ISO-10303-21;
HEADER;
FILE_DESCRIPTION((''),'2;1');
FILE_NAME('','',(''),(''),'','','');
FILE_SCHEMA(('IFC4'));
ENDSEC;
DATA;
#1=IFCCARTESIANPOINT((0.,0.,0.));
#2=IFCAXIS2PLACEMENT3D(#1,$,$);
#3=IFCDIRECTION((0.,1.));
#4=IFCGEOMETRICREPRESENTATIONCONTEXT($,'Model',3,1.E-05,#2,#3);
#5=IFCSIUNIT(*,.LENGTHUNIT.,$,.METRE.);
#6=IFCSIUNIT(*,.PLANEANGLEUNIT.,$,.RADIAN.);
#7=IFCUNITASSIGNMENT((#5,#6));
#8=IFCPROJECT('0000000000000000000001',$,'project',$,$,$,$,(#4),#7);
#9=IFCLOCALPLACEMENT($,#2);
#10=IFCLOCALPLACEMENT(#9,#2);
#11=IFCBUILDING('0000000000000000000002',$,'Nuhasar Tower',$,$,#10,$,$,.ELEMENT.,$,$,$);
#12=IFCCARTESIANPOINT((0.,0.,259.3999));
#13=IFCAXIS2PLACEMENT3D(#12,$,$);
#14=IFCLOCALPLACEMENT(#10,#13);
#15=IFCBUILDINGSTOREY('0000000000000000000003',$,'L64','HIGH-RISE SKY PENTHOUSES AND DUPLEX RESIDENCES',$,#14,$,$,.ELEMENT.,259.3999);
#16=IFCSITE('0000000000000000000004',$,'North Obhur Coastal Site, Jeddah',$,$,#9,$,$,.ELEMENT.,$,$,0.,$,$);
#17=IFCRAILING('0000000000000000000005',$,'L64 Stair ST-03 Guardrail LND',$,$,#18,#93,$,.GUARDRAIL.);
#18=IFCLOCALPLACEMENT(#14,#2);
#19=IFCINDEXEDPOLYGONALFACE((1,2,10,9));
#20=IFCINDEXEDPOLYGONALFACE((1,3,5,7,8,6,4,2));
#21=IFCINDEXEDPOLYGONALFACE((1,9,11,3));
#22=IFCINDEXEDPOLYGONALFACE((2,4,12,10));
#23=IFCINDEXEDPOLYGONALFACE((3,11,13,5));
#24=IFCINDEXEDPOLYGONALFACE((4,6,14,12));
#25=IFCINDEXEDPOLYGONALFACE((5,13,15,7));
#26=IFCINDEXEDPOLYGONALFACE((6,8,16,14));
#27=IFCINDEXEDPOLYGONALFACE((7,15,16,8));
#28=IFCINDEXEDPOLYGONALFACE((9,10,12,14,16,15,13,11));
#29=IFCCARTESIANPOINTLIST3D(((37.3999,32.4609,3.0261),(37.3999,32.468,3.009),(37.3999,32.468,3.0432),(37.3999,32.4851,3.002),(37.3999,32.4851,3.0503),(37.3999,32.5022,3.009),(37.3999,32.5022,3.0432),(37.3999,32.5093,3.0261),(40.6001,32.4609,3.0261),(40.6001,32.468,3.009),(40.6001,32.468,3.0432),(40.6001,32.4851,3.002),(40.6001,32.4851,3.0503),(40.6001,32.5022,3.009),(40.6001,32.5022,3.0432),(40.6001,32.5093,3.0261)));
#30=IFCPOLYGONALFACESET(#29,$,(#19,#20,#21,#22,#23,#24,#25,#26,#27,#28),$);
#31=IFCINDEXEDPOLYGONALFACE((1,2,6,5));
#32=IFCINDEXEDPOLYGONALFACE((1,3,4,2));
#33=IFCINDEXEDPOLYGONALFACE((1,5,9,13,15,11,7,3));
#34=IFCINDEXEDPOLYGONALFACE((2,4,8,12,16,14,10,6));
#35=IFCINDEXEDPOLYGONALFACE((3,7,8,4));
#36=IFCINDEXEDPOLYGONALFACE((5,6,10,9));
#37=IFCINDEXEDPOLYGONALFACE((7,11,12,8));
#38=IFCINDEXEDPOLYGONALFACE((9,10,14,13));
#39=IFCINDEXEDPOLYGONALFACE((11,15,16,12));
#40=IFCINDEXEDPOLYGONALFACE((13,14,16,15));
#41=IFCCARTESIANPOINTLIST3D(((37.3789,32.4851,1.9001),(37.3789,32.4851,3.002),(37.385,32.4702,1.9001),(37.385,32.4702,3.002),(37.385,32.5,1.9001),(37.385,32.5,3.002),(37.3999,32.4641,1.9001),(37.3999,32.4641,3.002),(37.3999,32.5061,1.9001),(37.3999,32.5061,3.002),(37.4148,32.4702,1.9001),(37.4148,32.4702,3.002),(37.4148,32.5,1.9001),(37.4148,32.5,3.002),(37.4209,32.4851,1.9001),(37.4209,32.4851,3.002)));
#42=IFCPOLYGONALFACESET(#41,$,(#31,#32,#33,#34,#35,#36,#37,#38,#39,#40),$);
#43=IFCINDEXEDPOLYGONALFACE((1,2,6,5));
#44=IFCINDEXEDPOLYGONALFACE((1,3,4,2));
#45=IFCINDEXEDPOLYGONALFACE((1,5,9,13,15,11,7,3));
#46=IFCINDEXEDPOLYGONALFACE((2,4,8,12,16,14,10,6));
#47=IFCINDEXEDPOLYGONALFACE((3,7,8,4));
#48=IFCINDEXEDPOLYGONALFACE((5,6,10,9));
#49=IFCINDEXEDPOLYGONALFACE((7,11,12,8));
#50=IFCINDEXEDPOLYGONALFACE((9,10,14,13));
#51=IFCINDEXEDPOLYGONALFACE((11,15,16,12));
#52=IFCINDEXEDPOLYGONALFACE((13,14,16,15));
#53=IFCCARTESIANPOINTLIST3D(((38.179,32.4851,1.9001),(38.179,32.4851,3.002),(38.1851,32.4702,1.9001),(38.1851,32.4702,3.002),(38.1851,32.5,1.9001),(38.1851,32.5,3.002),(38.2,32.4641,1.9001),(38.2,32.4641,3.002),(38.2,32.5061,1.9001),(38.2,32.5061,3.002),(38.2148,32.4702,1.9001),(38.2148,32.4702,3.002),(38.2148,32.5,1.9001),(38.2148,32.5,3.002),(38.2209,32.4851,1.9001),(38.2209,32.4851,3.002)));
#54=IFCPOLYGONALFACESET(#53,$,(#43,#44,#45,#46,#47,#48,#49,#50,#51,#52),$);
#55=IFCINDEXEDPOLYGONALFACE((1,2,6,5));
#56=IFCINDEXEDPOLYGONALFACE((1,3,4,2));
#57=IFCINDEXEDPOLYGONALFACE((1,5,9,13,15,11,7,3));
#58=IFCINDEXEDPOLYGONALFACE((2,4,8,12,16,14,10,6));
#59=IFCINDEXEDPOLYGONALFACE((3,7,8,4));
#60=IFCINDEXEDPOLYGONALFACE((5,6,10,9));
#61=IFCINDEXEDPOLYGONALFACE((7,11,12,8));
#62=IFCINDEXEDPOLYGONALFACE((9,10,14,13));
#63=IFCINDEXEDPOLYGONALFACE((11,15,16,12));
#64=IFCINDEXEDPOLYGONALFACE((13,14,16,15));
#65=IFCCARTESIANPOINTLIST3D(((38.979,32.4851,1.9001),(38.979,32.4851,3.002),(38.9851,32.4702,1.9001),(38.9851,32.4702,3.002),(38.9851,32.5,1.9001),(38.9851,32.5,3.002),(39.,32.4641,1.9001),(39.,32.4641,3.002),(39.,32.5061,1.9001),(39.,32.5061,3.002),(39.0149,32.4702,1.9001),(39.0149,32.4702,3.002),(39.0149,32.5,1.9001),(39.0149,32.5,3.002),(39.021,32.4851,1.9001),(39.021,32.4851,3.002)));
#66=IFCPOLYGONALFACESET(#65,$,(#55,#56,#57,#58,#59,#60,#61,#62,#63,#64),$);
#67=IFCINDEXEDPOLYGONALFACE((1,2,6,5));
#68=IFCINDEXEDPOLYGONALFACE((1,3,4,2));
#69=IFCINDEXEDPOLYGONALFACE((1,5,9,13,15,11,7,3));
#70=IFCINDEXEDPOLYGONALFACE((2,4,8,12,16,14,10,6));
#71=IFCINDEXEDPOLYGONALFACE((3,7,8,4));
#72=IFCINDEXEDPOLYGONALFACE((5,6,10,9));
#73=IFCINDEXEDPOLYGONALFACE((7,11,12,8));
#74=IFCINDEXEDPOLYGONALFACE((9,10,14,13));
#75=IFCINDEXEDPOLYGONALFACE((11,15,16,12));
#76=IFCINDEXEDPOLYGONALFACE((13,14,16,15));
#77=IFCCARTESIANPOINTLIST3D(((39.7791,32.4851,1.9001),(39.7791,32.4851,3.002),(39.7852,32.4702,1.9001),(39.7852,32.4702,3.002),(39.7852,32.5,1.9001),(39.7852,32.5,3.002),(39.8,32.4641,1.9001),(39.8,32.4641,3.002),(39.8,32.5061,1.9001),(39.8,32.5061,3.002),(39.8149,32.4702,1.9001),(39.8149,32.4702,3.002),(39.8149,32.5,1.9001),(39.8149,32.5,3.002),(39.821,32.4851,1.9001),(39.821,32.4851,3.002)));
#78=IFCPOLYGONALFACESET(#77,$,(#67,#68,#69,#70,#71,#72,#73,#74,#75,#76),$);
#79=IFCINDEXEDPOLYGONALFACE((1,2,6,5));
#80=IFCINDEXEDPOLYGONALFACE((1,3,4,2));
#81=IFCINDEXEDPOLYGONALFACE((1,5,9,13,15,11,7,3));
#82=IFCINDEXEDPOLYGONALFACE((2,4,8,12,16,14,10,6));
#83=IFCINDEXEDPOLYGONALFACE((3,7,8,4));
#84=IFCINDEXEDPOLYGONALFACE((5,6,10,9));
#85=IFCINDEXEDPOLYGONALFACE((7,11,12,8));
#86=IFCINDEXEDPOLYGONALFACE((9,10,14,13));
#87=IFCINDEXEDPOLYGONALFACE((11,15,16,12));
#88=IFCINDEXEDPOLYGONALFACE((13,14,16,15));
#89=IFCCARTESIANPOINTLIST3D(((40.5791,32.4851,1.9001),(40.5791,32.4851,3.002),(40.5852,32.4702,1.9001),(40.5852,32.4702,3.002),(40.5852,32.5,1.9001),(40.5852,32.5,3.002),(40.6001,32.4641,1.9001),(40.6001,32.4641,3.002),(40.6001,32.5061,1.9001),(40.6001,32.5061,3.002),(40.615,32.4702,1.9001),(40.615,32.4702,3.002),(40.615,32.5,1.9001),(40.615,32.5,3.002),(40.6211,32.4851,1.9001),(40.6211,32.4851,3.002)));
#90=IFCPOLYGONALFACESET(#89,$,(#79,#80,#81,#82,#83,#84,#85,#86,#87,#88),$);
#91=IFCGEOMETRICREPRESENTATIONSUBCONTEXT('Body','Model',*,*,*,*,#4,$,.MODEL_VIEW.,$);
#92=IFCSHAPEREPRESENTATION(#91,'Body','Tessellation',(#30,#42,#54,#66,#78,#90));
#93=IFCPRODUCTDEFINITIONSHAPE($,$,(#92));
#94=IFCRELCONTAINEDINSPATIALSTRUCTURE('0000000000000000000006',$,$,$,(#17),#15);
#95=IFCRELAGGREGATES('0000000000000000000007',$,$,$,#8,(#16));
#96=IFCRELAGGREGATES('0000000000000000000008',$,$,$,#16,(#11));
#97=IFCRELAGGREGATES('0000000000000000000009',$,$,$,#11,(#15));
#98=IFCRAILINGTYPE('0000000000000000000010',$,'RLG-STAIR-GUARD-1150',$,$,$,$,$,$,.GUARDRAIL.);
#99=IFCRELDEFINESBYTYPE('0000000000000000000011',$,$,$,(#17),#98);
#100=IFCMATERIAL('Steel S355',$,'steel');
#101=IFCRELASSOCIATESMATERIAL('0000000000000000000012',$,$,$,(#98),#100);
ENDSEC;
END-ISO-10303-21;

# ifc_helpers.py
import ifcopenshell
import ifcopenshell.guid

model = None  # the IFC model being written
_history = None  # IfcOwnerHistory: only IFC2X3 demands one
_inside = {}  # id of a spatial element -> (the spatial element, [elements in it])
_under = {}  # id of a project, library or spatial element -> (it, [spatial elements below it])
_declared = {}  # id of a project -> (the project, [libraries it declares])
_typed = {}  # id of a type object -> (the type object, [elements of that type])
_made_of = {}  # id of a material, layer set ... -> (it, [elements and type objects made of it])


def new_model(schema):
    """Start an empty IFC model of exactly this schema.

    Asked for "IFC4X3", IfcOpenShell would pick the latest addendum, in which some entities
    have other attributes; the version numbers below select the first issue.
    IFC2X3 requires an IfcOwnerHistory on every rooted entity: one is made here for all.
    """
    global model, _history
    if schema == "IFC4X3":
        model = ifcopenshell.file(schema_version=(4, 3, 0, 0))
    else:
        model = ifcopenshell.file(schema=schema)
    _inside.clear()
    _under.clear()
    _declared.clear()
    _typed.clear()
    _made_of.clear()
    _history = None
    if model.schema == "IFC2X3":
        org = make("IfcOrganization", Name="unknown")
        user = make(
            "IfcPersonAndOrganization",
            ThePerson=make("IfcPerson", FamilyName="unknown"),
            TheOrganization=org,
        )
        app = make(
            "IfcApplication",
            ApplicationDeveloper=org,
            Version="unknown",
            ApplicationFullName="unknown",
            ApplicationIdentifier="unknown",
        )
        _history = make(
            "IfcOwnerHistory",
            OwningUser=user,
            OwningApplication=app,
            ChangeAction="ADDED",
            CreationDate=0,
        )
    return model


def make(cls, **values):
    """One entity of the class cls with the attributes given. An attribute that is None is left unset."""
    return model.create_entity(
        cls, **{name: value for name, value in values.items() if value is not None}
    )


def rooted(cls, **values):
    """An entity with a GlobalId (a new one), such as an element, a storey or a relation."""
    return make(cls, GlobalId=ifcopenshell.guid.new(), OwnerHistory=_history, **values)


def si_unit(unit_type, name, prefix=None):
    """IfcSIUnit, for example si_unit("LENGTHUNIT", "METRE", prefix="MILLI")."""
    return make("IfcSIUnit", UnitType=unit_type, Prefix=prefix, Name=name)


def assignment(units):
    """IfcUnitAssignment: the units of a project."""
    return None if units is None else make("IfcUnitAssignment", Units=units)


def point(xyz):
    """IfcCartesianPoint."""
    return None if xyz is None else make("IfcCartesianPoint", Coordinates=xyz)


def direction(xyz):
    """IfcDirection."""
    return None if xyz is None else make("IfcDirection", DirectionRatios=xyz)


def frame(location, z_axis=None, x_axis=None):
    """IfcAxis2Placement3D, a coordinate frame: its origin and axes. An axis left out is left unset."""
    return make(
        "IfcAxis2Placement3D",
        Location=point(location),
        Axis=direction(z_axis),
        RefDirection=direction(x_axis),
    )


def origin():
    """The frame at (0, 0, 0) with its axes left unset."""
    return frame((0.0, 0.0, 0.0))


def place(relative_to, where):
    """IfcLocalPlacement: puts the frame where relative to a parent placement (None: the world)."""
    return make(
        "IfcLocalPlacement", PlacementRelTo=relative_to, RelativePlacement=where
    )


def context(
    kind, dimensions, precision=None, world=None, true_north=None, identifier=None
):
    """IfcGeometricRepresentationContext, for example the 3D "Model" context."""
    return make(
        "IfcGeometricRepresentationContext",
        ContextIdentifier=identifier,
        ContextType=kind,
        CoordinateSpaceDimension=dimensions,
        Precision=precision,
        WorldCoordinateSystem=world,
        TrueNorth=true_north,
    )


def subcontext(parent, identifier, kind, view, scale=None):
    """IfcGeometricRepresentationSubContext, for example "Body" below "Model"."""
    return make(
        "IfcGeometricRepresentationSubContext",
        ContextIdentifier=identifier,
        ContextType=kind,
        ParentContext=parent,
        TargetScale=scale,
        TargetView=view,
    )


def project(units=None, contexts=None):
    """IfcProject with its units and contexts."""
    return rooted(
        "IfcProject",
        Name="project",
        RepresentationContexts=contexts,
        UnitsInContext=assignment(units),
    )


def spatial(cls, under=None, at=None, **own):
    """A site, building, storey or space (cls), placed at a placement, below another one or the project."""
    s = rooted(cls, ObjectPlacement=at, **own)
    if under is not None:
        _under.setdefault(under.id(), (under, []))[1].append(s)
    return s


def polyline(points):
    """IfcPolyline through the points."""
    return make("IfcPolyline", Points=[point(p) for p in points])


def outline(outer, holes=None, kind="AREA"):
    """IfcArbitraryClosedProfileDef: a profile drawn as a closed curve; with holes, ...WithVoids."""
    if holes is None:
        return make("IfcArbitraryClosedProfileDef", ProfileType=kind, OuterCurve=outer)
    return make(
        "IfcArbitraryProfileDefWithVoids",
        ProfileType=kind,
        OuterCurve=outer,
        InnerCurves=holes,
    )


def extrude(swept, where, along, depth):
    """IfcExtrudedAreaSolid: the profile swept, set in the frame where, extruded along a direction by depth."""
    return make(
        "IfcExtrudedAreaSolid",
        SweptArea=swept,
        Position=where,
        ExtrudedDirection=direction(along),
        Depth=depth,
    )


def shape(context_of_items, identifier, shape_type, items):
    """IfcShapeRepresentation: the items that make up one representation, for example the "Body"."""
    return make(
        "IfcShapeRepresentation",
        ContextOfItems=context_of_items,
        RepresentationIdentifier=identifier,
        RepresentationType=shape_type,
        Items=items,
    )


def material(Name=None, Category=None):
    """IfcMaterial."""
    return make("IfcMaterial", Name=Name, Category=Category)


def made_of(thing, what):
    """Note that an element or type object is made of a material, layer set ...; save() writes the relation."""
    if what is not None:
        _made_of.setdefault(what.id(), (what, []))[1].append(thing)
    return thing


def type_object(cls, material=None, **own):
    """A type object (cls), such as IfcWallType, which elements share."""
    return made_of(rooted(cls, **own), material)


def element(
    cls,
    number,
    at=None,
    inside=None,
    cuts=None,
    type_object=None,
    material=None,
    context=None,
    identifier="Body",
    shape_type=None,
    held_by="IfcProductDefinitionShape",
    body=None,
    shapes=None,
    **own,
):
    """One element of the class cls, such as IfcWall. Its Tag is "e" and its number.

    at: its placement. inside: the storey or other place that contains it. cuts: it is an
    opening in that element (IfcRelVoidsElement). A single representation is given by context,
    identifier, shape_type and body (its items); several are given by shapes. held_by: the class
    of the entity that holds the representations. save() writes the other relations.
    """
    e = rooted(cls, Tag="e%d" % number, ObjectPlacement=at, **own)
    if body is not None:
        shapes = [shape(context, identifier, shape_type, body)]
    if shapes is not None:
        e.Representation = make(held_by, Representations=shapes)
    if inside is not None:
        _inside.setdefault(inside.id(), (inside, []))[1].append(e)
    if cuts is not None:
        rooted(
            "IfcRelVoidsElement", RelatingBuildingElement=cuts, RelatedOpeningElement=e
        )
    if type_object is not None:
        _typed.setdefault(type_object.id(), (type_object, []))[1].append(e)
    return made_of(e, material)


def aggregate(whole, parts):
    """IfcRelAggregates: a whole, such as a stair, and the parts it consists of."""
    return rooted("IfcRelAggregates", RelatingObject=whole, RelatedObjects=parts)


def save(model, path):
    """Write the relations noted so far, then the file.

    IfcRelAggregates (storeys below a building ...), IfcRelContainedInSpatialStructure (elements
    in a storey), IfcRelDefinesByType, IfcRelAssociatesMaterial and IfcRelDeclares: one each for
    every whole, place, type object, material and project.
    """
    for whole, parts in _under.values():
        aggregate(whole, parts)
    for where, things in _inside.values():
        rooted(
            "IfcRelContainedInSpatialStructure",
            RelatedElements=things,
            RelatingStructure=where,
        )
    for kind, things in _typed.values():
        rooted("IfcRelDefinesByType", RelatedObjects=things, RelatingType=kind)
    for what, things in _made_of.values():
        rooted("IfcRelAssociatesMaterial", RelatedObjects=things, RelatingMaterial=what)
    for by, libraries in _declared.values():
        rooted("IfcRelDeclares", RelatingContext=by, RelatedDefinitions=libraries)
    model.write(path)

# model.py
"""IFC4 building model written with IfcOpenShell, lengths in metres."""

from ifc_helpers import new_model, si_unit, direction, frame, origin, place, context, subcontext, project, spatial, polyline, outline, extrude, material, type_object, element, save


model = new_model("IFC4")

# Units and contexts
model_context = context("Model", 3, precision=1e-05, world=origin(), true_north=direction((0.0, 1.0)))
body_context = subcontext(model_context, "Body", "Model", "MODEL_VIEW")
ifc_project = project(units=[si_unit("LENGTHUNIT", "METRE"), si_unit("PLANEANGLEUNIT", "RADIAN")], contexts=[model_context])

# Site, building, storey
site_placement = place(None, origin())
site = spatial("IfcSite", under=ifc_project, at=site_placement, Name="North Obhur Coastal Site, Jeddah", CompositionType="ELEMENT", RefElevation=0.0)
building_placement = place(site_placement, origin())
building = spatial("IfcBuilding", under=site, at=building_placement, Name="Nuhasar Tower", CompositionType="ELEMENT")
storey_placement = place(building_placement, frame((0.0, 0.0, 259.3999)))
storey = spatial("IfcBuildingStorey", under=building, at=storey_placement, Name="L64", Description="HIGH-RISE SKY PENTHOUSES AND DUPLEX RESIDENCES", CompositionType="ELEMENT", Elevation=259.3999)

# Shared definitions
ifc_material_1 = material(Name="Steel S355", Category="steel")

# Railing
railing_type_1 = type_object("IfcRailingType", Name="RLG-STAIR-GUARD-1150", PredefinedType="GUARDRAIL", material=ifc_material_1)
railing_1_placement = place(storey_placement, frame((37.3999, 32.4851, 1.9001)))
element("IfcRailing", 1, at=railing_1_placement, inside=storey, type_object=railing_type_1, Name="L64 Stair ST-03 Guardrail LND", PredefinedType="GUARDRAIL", context=body_context, shape_type="SweptSolid", body=[
    extrude(outline(polyline([(0.0242, 0.0), (0.0171, 0.0171), (0.0, 0.0242), (-0.0171, 0.0171), (-0.0242, 0.0), (-0.0171, -0.0171), (0.0, -0.0242), (0.0171, -0.0171), (0.0242, 0.0)])), frame((0.0, 0.0, 1.126), z_axis=(1.0, 0.0, 0.0), x_axis=(0.0, 1.0, 0.0)), (0.0, 0.0, 1.0), 3.2002),
    extrude(outline(polyline([(0.021, 0.0), (0.0149, 0.0149), (0.0, 0.021), (-0.0149, 0.0149), (-0.021, 0.0), (-0.0149, -0.0149), (0.0, -0.021), (0.0149, -0.0149), (0.021, 0.0)])), origin(), (0.0, 0.0, 1.0), 1.1018),
    extrude(outline(polyline([(0.021, 0.0), (0.0149, 0.0149), (0.0, 0.021), (-0.0149, 0.0149), (-0.021, 0.0), (-0.0149, -0.0149), (0.0, -0.021), (0.0149, -0.0149), (0.021, 0.0)])), frame((0.8, 0.0, 0.0)), (0.0, 0.0, 1.0), 1.1018),
    extrude(outline(polyline([(0.021, 0.0), (0.0149, 0.0149), (0.0, 0.021), (-0.0149, 0.0149), (-0.021, 0.0), (-0.0149, -0.0149), (0.0, -0.021), (0.0149, -0.0149), (0.021, 0.0)])), frame((1.6001, 0.0, 0.0)), (0.0, 0.0, 1.0), 1.1018),
    extrude(outline(polyline([(0.021, 0.0), (0.0149, 0.0149), (0.0, 0.021), (-0.0149, 0.0149), (-0.021, 0.0), (-0.0149, -0.0149), (0.0, -0.021), (0.0149, -0.0149), (0.021, 0.0)])), frame((2.4001, 0.0, 0.0)), (0.0, 0.0, 1.0), 1.1018),
    extrude(outline(polyline([(0.021, 0.0), (0.0149, 0.0149), (0.0, 0.021), (-0.0149, 0.0149), (-0.021, 0.0), (-0.0149, -0.0149), (0.0, -0.021), (0.0149, -0.0149), (0.021, 0.0)])), frame((3.2002, 0.0, 0.0)), (0.0, 0.0, 1.0), 1.1018),
])

save(model, "model.ifc")
